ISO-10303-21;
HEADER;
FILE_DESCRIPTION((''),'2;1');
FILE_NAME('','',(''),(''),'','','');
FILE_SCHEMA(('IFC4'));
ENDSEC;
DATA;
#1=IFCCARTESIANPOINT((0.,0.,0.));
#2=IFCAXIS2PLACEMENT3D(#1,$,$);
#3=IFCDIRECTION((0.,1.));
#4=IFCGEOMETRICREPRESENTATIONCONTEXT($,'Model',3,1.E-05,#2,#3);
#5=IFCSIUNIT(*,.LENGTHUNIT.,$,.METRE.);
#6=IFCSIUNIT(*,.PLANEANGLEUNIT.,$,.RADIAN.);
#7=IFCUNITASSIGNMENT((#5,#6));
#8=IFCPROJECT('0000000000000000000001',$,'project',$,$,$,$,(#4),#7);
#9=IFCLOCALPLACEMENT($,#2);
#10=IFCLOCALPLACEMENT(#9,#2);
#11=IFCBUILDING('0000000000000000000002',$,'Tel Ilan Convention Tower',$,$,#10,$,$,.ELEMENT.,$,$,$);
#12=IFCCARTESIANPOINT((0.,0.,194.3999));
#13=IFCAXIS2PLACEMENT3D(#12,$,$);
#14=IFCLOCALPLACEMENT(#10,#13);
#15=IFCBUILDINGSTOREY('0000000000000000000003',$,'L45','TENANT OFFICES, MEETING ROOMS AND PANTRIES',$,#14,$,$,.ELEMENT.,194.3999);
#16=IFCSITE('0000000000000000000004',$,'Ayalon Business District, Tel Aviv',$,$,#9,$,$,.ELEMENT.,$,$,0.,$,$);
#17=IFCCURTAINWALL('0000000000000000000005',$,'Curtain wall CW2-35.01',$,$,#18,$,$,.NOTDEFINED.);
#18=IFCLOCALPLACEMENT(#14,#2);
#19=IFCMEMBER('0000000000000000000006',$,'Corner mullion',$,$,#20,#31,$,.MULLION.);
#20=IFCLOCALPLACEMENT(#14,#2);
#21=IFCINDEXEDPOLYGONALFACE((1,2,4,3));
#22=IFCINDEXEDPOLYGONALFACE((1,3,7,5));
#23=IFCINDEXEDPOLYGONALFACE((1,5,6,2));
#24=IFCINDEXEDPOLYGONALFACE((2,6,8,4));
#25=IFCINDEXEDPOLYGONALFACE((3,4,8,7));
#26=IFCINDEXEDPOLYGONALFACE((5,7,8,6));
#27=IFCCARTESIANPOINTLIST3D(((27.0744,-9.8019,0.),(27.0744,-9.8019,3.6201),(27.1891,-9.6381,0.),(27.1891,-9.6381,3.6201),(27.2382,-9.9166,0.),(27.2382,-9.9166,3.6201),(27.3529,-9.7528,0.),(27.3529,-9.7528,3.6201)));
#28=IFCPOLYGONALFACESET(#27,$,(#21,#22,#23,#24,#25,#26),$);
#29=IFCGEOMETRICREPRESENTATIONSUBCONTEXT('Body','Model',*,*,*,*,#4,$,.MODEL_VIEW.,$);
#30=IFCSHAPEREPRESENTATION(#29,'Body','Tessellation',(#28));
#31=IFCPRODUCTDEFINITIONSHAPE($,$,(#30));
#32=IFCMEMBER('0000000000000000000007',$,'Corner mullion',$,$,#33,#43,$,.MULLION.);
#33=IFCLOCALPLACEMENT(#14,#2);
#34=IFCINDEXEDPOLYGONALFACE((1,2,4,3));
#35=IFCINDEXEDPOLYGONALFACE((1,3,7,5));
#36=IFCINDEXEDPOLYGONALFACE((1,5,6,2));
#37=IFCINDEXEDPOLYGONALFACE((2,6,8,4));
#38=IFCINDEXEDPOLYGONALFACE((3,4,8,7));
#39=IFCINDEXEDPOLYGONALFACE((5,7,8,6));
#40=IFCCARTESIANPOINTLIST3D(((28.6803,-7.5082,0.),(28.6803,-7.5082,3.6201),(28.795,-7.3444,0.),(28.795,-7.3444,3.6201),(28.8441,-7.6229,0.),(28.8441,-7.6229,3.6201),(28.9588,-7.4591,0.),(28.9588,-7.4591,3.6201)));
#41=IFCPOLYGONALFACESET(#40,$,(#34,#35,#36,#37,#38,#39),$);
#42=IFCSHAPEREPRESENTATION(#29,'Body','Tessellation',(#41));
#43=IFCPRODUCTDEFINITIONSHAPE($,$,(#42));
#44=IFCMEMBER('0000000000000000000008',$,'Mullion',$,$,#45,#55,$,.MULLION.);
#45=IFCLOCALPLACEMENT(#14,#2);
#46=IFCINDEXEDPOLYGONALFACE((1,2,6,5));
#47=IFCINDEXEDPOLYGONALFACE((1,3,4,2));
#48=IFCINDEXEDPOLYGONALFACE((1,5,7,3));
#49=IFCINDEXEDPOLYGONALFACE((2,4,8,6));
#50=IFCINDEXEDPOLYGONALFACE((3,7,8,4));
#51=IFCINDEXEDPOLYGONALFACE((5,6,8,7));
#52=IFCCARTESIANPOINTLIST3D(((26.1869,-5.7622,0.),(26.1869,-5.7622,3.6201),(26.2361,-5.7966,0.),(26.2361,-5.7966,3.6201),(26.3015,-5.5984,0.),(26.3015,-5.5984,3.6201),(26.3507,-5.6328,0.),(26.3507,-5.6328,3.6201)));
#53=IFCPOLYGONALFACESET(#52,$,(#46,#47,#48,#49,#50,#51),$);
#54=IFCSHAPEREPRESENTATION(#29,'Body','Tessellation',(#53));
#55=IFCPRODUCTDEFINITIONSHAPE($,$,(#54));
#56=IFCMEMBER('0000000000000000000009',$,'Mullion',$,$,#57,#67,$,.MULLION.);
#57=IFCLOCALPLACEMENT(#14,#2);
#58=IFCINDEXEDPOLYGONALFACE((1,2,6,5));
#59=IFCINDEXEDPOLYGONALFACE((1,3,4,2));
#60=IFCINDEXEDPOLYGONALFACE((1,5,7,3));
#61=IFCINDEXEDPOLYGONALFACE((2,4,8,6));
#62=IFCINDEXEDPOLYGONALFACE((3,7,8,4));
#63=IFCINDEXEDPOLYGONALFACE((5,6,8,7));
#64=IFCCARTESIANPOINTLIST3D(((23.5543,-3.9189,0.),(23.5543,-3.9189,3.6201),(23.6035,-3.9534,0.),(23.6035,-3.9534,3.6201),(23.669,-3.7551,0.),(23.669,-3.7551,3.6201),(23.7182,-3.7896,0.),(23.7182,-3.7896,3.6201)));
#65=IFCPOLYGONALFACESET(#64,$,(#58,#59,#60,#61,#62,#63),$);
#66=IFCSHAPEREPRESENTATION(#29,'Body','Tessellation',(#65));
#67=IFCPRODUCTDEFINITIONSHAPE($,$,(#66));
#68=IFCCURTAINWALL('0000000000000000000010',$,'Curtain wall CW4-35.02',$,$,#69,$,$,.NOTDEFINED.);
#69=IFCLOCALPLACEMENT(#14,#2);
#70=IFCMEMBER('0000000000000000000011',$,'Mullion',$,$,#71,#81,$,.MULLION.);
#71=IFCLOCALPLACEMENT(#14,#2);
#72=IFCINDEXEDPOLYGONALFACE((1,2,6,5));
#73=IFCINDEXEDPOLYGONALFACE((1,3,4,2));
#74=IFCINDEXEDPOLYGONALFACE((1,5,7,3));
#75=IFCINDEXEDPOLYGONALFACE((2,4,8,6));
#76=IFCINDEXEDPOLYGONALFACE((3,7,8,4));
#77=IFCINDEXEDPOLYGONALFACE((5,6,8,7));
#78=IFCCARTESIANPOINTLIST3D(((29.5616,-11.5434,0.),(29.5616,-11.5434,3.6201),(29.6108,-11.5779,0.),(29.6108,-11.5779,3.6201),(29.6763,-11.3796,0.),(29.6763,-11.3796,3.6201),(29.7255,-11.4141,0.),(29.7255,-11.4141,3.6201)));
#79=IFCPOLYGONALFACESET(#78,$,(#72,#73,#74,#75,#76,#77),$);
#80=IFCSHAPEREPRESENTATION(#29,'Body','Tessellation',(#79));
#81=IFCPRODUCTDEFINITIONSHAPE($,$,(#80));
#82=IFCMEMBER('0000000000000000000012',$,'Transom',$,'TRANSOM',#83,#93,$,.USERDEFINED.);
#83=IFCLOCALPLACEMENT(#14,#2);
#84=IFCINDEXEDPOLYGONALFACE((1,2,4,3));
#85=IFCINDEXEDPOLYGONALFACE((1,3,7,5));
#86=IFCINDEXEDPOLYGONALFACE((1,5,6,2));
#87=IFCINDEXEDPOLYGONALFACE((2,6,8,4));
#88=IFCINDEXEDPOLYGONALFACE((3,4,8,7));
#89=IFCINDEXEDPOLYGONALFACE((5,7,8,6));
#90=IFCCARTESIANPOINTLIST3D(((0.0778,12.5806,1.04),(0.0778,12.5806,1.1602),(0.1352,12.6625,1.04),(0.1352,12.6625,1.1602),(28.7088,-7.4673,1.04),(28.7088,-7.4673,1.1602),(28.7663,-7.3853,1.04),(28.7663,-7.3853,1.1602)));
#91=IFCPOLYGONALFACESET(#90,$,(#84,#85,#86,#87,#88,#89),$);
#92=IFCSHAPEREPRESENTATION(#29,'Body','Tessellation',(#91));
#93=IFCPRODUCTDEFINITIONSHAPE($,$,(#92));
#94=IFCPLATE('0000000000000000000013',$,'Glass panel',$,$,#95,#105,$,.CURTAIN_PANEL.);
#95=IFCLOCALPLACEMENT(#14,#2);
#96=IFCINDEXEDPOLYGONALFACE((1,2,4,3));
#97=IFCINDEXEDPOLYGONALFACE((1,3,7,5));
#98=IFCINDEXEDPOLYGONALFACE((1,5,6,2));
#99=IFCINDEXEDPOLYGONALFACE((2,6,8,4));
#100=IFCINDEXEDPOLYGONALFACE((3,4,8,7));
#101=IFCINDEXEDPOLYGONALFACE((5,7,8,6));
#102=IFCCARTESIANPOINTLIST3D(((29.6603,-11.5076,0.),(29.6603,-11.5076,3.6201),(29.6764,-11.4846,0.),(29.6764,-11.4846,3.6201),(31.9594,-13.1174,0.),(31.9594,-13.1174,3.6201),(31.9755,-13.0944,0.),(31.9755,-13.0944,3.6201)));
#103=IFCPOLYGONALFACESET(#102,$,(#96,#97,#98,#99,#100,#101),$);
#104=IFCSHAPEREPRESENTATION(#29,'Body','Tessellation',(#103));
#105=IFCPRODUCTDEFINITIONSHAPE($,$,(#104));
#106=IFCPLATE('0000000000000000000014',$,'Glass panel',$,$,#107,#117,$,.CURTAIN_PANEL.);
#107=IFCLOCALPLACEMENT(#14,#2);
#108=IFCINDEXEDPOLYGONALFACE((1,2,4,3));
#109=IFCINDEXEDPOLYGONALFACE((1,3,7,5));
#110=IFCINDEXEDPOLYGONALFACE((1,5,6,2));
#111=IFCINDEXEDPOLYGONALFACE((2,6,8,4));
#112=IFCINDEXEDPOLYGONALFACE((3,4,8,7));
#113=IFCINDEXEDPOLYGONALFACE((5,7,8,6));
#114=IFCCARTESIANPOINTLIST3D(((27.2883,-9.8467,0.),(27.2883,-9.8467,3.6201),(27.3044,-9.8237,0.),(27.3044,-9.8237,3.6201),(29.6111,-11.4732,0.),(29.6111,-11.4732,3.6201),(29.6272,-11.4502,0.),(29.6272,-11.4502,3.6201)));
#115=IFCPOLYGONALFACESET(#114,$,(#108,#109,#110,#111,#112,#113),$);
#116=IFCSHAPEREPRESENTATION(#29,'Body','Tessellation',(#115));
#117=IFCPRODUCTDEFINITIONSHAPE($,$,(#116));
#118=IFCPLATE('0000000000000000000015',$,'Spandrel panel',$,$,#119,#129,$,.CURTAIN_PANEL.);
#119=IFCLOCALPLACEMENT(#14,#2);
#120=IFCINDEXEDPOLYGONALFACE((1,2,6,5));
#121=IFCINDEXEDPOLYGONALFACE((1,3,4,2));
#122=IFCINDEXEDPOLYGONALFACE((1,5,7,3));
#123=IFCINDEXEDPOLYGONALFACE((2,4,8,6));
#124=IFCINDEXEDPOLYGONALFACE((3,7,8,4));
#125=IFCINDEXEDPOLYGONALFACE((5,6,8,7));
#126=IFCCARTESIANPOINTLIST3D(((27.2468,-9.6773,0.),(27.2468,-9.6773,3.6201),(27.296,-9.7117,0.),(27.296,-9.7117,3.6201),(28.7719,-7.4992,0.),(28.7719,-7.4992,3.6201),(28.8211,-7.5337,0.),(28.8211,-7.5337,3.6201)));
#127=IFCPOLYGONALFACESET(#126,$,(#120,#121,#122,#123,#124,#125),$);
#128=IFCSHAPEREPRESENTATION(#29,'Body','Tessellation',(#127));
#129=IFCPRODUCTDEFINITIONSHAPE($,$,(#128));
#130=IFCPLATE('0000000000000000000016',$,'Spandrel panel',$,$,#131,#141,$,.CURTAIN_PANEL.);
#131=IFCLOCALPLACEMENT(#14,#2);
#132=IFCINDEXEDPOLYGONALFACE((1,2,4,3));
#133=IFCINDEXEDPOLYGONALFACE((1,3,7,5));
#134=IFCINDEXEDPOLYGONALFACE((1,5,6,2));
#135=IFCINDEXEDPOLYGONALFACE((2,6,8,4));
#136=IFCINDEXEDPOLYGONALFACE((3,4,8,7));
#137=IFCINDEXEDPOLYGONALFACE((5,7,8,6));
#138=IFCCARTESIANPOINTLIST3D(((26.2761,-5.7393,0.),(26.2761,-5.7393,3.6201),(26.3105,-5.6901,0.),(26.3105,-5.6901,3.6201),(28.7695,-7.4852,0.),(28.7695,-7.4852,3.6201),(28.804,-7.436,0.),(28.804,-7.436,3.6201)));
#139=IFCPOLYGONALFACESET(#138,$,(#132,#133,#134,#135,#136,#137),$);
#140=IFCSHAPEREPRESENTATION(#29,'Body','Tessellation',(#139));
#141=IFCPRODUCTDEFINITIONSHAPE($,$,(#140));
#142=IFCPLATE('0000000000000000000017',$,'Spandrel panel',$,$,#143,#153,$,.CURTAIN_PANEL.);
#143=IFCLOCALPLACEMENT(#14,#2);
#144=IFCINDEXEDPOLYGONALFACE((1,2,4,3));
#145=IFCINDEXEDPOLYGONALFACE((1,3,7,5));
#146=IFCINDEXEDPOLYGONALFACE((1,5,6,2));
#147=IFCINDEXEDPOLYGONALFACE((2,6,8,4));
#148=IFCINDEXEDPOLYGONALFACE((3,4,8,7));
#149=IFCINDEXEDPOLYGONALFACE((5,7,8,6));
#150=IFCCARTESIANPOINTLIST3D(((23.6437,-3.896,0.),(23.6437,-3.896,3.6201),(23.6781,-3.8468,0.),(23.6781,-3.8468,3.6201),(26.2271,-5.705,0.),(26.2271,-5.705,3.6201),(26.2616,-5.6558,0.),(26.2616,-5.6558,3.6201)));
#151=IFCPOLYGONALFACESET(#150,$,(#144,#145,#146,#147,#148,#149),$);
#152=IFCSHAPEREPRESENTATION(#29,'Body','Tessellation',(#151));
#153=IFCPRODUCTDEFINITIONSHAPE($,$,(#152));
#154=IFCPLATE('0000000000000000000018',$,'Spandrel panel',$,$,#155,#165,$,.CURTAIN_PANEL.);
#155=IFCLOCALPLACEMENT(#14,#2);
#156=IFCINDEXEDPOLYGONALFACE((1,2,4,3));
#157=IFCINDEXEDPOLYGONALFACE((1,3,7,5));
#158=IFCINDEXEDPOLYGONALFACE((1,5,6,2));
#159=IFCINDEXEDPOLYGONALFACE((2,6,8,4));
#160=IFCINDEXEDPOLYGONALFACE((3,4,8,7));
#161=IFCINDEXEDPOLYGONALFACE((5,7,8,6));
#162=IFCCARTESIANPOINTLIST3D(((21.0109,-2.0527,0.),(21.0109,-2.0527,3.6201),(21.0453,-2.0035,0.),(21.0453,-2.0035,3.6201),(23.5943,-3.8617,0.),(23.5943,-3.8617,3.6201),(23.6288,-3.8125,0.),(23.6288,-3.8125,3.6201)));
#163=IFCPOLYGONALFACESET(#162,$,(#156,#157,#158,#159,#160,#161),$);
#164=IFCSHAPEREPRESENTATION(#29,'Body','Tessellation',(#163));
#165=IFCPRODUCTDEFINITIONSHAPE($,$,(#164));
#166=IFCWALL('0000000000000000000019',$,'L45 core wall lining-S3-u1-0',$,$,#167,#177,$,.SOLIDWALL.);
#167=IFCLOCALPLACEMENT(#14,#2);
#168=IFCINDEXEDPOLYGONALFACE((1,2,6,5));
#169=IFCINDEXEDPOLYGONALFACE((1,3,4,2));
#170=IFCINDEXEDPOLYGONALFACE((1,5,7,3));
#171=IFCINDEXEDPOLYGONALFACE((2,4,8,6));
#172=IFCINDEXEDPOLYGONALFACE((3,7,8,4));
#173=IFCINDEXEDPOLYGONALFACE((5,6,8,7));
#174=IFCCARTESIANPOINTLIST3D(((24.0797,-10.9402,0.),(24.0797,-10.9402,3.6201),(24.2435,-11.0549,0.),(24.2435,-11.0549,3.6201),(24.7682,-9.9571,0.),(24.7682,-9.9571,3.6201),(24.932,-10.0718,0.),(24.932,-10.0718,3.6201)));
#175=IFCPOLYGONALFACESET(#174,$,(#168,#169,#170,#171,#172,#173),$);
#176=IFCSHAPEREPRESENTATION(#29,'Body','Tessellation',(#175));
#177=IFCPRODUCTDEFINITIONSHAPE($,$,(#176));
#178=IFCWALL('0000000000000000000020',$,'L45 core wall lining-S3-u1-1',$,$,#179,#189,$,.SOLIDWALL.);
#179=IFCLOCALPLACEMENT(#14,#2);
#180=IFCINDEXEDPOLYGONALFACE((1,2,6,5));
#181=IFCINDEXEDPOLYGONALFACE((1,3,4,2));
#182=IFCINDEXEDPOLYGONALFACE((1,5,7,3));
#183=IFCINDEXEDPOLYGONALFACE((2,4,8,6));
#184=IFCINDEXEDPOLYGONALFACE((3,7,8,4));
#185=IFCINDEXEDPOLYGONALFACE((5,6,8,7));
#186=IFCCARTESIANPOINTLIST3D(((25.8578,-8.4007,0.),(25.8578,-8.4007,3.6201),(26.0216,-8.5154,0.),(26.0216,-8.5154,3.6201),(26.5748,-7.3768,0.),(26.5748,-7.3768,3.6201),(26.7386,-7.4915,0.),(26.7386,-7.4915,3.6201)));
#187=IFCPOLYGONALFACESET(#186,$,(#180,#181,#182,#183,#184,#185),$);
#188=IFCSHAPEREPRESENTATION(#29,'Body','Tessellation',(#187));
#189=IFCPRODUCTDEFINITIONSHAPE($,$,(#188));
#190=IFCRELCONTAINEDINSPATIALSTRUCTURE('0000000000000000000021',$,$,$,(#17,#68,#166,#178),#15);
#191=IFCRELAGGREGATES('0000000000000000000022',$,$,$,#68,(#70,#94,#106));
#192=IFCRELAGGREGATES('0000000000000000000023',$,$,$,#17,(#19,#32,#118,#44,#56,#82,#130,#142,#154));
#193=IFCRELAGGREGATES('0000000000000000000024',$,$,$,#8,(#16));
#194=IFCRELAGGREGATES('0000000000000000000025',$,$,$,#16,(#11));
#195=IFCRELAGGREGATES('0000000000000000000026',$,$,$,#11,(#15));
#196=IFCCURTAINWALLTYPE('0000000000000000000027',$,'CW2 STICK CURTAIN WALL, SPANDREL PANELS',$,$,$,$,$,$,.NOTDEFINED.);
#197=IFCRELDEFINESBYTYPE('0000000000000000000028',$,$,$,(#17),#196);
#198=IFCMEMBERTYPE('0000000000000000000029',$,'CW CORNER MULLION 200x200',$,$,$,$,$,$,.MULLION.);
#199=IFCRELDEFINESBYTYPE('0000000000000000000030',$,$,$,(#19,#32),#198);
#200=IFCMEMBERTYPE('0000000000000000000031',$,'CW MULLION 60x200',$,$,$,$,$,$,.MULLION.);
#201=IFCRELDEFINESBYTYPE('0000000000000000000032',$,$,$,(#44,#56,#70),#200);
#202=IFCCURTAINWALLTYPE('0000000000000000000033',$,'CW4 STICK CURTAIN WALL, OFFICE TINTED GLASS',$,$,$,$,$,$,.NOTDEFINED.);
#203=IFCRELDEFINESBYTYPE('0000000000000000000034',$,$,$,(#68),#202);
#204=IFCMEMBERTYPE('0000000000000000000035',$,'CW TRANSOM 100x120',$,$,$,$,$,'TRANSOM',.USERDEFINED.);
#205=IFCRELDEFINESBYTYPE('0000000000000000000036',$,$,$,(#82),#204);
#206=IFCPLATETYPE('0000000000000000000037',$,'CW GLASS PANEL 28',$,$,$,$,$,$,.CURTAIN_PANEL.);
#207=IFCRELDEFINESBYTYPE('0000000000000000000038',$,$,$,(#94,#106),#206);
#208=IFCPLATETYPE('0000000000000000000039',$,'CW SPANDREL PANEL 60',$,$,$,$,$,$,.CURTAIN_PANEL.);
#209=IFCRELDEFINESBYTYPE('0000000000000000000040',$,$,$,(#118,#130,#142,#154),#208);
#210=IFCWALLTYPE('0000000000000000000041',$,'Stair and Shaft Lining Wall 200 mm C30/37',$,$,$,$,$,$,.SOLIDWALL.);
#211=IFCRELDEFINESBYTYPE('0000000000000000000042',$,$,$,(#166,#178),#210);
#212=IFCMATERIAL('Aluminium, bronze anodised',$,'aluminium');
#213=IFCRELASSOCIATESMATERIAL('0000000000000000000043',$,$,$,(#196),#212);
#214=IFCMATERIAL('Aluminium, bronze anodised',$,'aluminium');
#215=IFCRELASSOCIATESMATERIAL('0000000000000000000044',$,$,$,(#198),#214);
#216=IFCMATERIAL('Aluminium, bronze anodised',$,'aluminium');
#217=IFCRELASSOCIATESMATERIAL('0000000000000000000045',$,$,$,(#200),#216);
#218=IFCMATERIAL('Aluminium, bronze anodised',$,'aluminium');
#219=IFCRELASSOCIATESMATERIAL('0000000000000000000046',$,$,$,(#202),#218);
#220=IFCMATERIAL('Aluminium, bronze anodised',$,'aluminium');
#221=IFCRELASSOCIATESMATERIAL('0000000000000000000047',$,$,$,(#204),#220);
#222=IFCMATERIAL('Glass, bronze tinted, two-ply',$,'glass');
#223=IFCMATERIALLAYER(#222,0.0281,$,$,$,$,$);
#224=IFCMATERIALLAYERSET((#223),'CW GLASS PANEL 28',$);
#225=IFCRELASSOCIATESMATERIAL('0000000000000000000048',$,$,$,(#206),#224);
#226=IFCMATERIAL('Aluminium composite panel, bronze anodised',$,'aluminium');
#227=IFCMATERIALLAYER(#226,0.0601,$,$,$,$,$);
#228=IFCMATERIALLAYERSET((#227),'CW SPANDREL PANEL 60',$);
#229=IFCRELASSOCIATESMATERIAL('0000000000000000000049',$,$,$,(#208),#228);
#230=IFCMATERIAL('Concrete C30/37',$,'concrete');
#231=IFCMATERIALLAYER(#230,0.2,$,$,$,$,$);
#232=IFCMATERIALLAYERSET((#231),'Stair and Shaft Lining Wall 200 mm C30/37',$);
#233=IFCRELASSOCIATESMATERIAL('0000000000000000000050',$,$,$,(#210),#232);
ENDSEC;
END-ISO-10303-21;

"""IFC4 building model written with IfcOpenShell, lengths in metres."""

from ifc_helpers import new_model, si_unit, direction, frame, frame_2d, origin, origin_2d, place, context, subcontext, project, spatial, rectangle, extrude, material, layer, layer_set, material_profile, profile_set, type_object, element, aggregate, save


model = new_model("IFC4")

# Units and contexts
model_context = context("Model", 3, precision=1e-05, world=origin(), true_north=direction((0.0, 1.0)))
body_context = subcontext(model_context, "Body", "Model", "MODEL_VIEW")
ifc_project = project(units=[si_unit("LENGTHUNIT", "METRE"), si_unit("PLANEANGLEUNIT", "RADIAN")], contexts=[model_context])

# Site, building, storey
site_placement = place(None, origin())
site = spatial("IfcSite", under=ifc_project, at=site_placement, Name="Ayalon Business District, Tel Aviv", CompositionType="ELEMENT", RefElevation=0.0)
building_placement = place(site_placement, origin())
building = spatial("IfcBuilding", under=site, at=building_placement, Name="Tel Ilan Convention Tower", CompositionType="ELEMENT")
storey_placement = place(building_placement, frame((0.0, 0.0, 194.3999)))
storey = spatial("IfcBuildingStorey", under=building, at=storey_placement, Name="L45", Description="TENANT OFFICES, MEETING ROOMS AND PANTRIES", CompositionType="ELEMENT", Elevation=194.3999)

# Curtain wall, members
ifc_material_1 = material(Name="Aluminium, bronze anodised", Category="aluminium")
curtain_wall_type_1 = type_object("IfcCurtainWallType", Name="CW2 STICK CURTAIN WALL, SPANDREL PANELS", PredefinedType="NOTDEFINED", material=ifc_material_1)
curtain_wall_1_placement = place(storey_placement, origin())
curtain_wall_1 = element("IfcCurtainWall", 1, at=curtain_wall_1_placement, inside=storey, type_object=curtain_wall_type_1, Name="Curtain wall CW2-35.01", PredefinedType="NOTDEFINED")
ifc_material_2 = material(Name="Aluminium, bronze anodised", Category="aluminium")
ifc_material_profile_1 = material_profile(ifc_material_2, rectangle(XDim=0.2, YDim=0.2, at=origin_2d()), Name="CW CORNER MULLION 200x200")
ifc_profile_set_1 = profile_set([ifc_material_profile_1], Name="Aluminium, bronze anodised")
member_type_1 = type_object("IfcMemberType", Name="CW CORNER MULLION 200x200", PredefinedType="MULLION", material=ifc_profile_set_1)
member_1_placement = place(storey_placement, frame((27.2136, -9.7773, 0.0), z_axis=(0.0, 0.0, 1.0), x_axis=(-0.819152, 0.573576, 0.0)))
member_1 = element("IfcMember", 2, at=member_1_placement, type_object=member_type_1, Name="Corner mullion", PredefinedType="MULLION", context=body_context, shape_type="SweptSolid", body=[
    extrude(rectangle(XDim=0.2, YDim=0.2, at=origin_2d()), origin(), (0.0, 0.0, 1.0), 3.6201),
])
member_2_placement = place(storey_placement, frame((28.8196, -7.4836, 0.0), z_axis=(0.0, 0.0, 1.0), x_axis=(0.573576, 0.819152, 0.0)))
member_2 = element("IfcMember", 3, at=member_2_placement, type_object=member_type_1, Name="Corner mullion", PredefinedType="MULLION", context=body_context, shape_type="SweptSolid", body=[
    extrude(rectangle(XDim=0.2, YDim=0.2, at=origin_2d()), origin(), (0.0, 0.0, 1.0), 3.6201),
])
ifc_material_3 = material(Name="Aluminium, bronze anodised", Category="aluminium")
ifc_material_profile_2 = material_profile(ifc_material_3, rectangle(XDim=0.0601, YDim=0.2, at=origin_2d()), Name="CW MULLION 60x200")
ifc_profile_set_2 = profile_set([ifc_material_profile_2], Name="Aluminium, bronze anodised")
member_type_2 = type_object("IfcMemberType", Name="CW MULLION 60x200", PredefinedType="MULLION", material=ifc_profile_set_2)
member_3_placement = place(storey_placement, frame((26.2688, -5.6975, 0.0), z_axis=(0.0, 0.0, 1.0), x_axis=(-0.819152, 0.573576, 0.0)))
member_3 = element("IfcMember", 4, at=member_3_placement, type_object=member_type_2, Name="Mullion", PredefinedType="MULLION", context=body_context, shape_type="SweptSolid", body=[
    extrude(rectangle(XDim=0.0601, YDim=0.2, at=origin_2d()), origin(), (0.0, 0.0, 1.0), 3.6201),
])
member_4_placement = place(storey_placement, frame((23.6362, -3.8542, 0.0), z_axis=(0.0, 0.0, 1.0), x_axis=(-0.819152, 0.573576, 0.0)))
member_4 = element("IfcMember", 5, at=member_4_placement, type_object=member_type_2, Name="Mullion", PredefinedType="MULLION", context=body_context, shape_type="SweptSolid", body=[
    extrude(rectangle(XDim=0.0601, YDim=0.2, at=origin_2d()), origin(), (0.0, 0.0, 1.0), 3.6201),
])

# Curtain wall, member
ifc_material_4 = material(Name="Aluminium, bronze anodised", Category="aluminium")
curtain_wall_type_2 = type_object("IfcCurtainWallType", Name="CW4 STICK CURTAIN WALL, OFFICE TINTED GLASS", PredefinedType="NOTDEFINED", material=ifc_material_4)
curtain_wall_2_placement = place(storey_placement, origin())
curtain_wall_2 = element("IfcCurtainWall", 6, at=curtain_wall_2_placement, inside=storey, type_object=curtain_wall_type_2, Name="Curtain wall CW4-35.02", PredefinedType="NOTDEFINED")
member_5_placement = place(storey_placement, frame((29.6436, -11.4788, 0.0), z_axis=(0.0, 0.0, 1.0), x_axis=(-0.819152, 0.573576, 0.0)))
member_5 = element("IfcMember", 7, at=member_5_placement, type_object=member_type_2, Name="Mullion", PredefinedType="MULLION", context=body_context, shape_type="SweptSolid", body=[
    extrude(rectangle(XDim=0.0601, YDim=0.2, at=origin_2d()), origin(), (0.0, 0.0, 1.0), 3.6201),
])

# Member
ifc_material_5 = material(Name="Aluminium, bronze anodised", Category="aluminium")
ifc_material_profile_3 = material_profile(ifc_material_5, rectangle(XDim=0.1001, YDim=0.1201, at=origin_2d()), Name="CW TRANSOM 100x120")
ifc_profile_set_3 = profile_set([ifc_material_profile_3], Name="Aluminium, bronze anodised")
member_type_3 = type_object("IfcMemberType", Name="CW TRANSOM 100x120", ElementType="TRANSOM", PredefinedType="USERDEFINED", material=ifc_profile_set_3)
member_6_placement = place(storey_placement, frame((28.7375, -7.4263, 1.1001), z_axis=(-0.81915, 0.573579, 0.0), x_axis=(-0.573579, -0.81915, 0.0)))
member_6 = element("IfcMember", 8, at=member_6_placement, type_object=member_type_3, Name="Transom", ObjectType="TRANSOM", PredefinedType="USERDEFINED", context=body_context, shape_type="SweptSolid", body=[
    extrude(rectangle(XDim=0.1001, YDim=0.1201, at=origin_2d()), origin(), (0.0, 0.0, 1.0), 34.9521),
])

# Plates
ifc_material_6 = material(Name="Glass, bronze tinted, two-ply", Category="glass")
ifc_layer_1 = layer(ifc_material_6, 0.0281)
ifc_layer_set_1 = layer_set([ifc_layer_1], Name="CW GLASS PANEL 28")
plate_type_1 = type_object("IfcPlateType", Name="CW GLASS PANEL 28", PredefinedType="CURTAIN_PANEL", material=ifc_layer_set_1)
plate_1_placement = place(storey_placement, frame((30.8179, -12.301, 0.0), z_axis=(0.0, 0.0, 1.0), x_axis=(-0.819152, 0.573576, 0.0)))
plate_1 = element("IfcPlate", 9, at=plate_1_placement, type_object=plate_type_1, Name="Glass panel", PredefinedType="CURTAIN_PANEL", context=body_context, shape_type="SweptSolid", body=[
    extrude(rectangle(XDim=2.8066, YDim=0.0281, at=origin_2d()), origin(), (0.0, 0.0, 1.0), 3.6201),
])
plate_2_placement = place(storey_placement, frame((28.4578, -10.6484, 0.0), z_axis=(0.0, 0.0, 1.0), x_axis=(-0.819152, 0.573576, 0.0)))
plate_2 = element("IfcPlate", 10, at=plate_2_placement, type_object=plate_type_1, Name="Glass panel", PredefinedType="CURTAIN_PANEL", context=body_context, shape_type="SweptSolid", body=[
    extrude(rectangle(XDim=2.8357, YDim=0.0281, at=origin_2d()), origin(), (0.0, 0.0, 1.0), 3.6201),
])
aggregate(curtain_wall_2, [member_5, plate_1, plate_2])
ifc_material_7 = material(Name="Aluminium composite panel, bronze anodised", Category="aluminium")
ifc_layer_2 = layer(ifc_material_7, 0.0601)
ifc_layer_set_2 = layer_set([ifc_layer_2], Name="CW SPANDREL PANEL 60")
plate_type_2 = type_object("IfcPlateType", Name="CW SPANDREL PANEL 60", PredefinedType="CURTAIN_PANEL", material=ifc_layer_set_2)
plate_3_placement = place(storey_placement, frame((28.0339, -8.6055, 0.0), z_axis=(0.0, 0.0, 1.0), x_axis=(0.573576, 0.819152, 0.0)))
plate_3 = element("IfcPlate", 11, at=plate_3_placement, type_object=plate_type_2, Name="Spandrel panel", PredefinedType="CURTAIN_PANEL", context=body_context, shape_type="SweptSolid", body=[
    extrude(rectangle(XDim=2.6589, YDim=0.0601, at=origin_2d()), origin(), (0.0, 0.0, 1.0), 3.6201),
])
plate_4_placement = place(storey_placement, frame((27.54, -6.5876, 0.0), z_axis=(0.0, 0.0, 1.0), x_axis=(-0.819152, 0.573576, 0.0)))
plate_4 = element("IfcPlate", 12, at=plate_4_placement, type_object=plate_type_2, Name="Spandrel panel", PredefinedType="CURTAIN_PANEL", context=body_context, shape_type="SweptSolid", body=[
    extrude(rectangle(XDim=3.0439, YDim=0.0601, at=origin_2d()), origin(), (0.0, 0.0, 1.0), 3.6201),
])
plate_5_placement = place(storey_placement, frame((24.9526, -4.7759, 0.0), z_axis=(0.0, 0.0, 1.0), x_axis=(-0.819152, 0.573576, 0.0)))
plate_5 = element("IfcPlate", 13, at=plate_5_placement, type_object=plate_type_2, Name="Spandrel panel", PredefinedType="CURTAIN_PANEL", context=body_context, shape_type="SweptSolid", body=[
    extrude(rectangle(XDim=3.1538, YDim=0.0601, at=origin_2d()), origin(), (0.0, 0.0, 1.0), 3.6201),
])
plate_6_placement = place(storey_placement, frame((22.3198, -2.9326, 0.0), z_axis=(0.0, 0.0, 1.0), x_axis=(-0.819152, 0.573576, 0.0)))
plate_6 = element("IfcPlate", 14, at=plate_6_placement, type_object=plate_type_2, Name="Spandrel panel", PredefinedType="CURTAIN_PANEL", context=body_context, shape_type="SweptSolid", body=[
    extrude(rectangle(XDim=3.1538, YDim=0.0601, at=origin_2d()), origin(), (0.0, 0.0, 1.0), 3.6201),
])
aggregate(curtain_wall_1, [member_1, member_2, plate_3, member_3, member_4, member_6, plate_4, plate_5, plate_6])

# Walls
ifc_material_8 = material(Name="Concrete C30/37", Category="concrete")
ifc_layer_3 = layer(ifc_material_8, 0.2)
ifc_layer_set_3 = layer_set([ifc_layer_3], Name="Stair and Shaft Lining Wall 200 mm C30/37")
wall_type = type_object("IfcWallType", Name="Stair and Shaft Lining Wall 200 mm C30/37", PredefinedType="SOLIDWALL", material=ifc_layer_set_3)
wall_1_placement = place(storey_placement, frame((24.1616, -10.9976, 0.0), z_axis=(0.0, 0.0, 1.0), x_axis=(0.573613, 0.819127, 0.0)))
element("IfcWall", 15, at=wall_1_placement, inside=storey, type_object=wall_type, Name="L45 core wall lining-S3-u1-0", PredefinedType="SOLIDWALL", context=body_context, shape_type="SweptSolid", body=[
    extrude(rectangle(XDim=1.2002, YDim=0.2, at=frame_2d((0.6001, 0.0))), origin(), (0.0, 0.0, 1.0), 3.6201),
])
wall_2_placement = place(storey_placement, frame((25.9397, -8.458, 0.0), z_axis=(0.0, 0.0, 1.0), x_axis=(0.57362, 0.819122, 0.0)))
element("IfcWall", 16, at=wall_2_placement, inside=storey, type_object=wall_type, Name="L45 core wall lining-S3-u1-1", PredefinedType="SOLIDWALL", context=body_context, shape_type="SweptSolid", body=[
    extrude(rectangle(XDim=1.25, YDim=0.2, at=frame_2d((0.625, 0.0))), origin(), (0.0, 0.0, 1.0), 3.6201),
])

save(model, "model.ifc")
